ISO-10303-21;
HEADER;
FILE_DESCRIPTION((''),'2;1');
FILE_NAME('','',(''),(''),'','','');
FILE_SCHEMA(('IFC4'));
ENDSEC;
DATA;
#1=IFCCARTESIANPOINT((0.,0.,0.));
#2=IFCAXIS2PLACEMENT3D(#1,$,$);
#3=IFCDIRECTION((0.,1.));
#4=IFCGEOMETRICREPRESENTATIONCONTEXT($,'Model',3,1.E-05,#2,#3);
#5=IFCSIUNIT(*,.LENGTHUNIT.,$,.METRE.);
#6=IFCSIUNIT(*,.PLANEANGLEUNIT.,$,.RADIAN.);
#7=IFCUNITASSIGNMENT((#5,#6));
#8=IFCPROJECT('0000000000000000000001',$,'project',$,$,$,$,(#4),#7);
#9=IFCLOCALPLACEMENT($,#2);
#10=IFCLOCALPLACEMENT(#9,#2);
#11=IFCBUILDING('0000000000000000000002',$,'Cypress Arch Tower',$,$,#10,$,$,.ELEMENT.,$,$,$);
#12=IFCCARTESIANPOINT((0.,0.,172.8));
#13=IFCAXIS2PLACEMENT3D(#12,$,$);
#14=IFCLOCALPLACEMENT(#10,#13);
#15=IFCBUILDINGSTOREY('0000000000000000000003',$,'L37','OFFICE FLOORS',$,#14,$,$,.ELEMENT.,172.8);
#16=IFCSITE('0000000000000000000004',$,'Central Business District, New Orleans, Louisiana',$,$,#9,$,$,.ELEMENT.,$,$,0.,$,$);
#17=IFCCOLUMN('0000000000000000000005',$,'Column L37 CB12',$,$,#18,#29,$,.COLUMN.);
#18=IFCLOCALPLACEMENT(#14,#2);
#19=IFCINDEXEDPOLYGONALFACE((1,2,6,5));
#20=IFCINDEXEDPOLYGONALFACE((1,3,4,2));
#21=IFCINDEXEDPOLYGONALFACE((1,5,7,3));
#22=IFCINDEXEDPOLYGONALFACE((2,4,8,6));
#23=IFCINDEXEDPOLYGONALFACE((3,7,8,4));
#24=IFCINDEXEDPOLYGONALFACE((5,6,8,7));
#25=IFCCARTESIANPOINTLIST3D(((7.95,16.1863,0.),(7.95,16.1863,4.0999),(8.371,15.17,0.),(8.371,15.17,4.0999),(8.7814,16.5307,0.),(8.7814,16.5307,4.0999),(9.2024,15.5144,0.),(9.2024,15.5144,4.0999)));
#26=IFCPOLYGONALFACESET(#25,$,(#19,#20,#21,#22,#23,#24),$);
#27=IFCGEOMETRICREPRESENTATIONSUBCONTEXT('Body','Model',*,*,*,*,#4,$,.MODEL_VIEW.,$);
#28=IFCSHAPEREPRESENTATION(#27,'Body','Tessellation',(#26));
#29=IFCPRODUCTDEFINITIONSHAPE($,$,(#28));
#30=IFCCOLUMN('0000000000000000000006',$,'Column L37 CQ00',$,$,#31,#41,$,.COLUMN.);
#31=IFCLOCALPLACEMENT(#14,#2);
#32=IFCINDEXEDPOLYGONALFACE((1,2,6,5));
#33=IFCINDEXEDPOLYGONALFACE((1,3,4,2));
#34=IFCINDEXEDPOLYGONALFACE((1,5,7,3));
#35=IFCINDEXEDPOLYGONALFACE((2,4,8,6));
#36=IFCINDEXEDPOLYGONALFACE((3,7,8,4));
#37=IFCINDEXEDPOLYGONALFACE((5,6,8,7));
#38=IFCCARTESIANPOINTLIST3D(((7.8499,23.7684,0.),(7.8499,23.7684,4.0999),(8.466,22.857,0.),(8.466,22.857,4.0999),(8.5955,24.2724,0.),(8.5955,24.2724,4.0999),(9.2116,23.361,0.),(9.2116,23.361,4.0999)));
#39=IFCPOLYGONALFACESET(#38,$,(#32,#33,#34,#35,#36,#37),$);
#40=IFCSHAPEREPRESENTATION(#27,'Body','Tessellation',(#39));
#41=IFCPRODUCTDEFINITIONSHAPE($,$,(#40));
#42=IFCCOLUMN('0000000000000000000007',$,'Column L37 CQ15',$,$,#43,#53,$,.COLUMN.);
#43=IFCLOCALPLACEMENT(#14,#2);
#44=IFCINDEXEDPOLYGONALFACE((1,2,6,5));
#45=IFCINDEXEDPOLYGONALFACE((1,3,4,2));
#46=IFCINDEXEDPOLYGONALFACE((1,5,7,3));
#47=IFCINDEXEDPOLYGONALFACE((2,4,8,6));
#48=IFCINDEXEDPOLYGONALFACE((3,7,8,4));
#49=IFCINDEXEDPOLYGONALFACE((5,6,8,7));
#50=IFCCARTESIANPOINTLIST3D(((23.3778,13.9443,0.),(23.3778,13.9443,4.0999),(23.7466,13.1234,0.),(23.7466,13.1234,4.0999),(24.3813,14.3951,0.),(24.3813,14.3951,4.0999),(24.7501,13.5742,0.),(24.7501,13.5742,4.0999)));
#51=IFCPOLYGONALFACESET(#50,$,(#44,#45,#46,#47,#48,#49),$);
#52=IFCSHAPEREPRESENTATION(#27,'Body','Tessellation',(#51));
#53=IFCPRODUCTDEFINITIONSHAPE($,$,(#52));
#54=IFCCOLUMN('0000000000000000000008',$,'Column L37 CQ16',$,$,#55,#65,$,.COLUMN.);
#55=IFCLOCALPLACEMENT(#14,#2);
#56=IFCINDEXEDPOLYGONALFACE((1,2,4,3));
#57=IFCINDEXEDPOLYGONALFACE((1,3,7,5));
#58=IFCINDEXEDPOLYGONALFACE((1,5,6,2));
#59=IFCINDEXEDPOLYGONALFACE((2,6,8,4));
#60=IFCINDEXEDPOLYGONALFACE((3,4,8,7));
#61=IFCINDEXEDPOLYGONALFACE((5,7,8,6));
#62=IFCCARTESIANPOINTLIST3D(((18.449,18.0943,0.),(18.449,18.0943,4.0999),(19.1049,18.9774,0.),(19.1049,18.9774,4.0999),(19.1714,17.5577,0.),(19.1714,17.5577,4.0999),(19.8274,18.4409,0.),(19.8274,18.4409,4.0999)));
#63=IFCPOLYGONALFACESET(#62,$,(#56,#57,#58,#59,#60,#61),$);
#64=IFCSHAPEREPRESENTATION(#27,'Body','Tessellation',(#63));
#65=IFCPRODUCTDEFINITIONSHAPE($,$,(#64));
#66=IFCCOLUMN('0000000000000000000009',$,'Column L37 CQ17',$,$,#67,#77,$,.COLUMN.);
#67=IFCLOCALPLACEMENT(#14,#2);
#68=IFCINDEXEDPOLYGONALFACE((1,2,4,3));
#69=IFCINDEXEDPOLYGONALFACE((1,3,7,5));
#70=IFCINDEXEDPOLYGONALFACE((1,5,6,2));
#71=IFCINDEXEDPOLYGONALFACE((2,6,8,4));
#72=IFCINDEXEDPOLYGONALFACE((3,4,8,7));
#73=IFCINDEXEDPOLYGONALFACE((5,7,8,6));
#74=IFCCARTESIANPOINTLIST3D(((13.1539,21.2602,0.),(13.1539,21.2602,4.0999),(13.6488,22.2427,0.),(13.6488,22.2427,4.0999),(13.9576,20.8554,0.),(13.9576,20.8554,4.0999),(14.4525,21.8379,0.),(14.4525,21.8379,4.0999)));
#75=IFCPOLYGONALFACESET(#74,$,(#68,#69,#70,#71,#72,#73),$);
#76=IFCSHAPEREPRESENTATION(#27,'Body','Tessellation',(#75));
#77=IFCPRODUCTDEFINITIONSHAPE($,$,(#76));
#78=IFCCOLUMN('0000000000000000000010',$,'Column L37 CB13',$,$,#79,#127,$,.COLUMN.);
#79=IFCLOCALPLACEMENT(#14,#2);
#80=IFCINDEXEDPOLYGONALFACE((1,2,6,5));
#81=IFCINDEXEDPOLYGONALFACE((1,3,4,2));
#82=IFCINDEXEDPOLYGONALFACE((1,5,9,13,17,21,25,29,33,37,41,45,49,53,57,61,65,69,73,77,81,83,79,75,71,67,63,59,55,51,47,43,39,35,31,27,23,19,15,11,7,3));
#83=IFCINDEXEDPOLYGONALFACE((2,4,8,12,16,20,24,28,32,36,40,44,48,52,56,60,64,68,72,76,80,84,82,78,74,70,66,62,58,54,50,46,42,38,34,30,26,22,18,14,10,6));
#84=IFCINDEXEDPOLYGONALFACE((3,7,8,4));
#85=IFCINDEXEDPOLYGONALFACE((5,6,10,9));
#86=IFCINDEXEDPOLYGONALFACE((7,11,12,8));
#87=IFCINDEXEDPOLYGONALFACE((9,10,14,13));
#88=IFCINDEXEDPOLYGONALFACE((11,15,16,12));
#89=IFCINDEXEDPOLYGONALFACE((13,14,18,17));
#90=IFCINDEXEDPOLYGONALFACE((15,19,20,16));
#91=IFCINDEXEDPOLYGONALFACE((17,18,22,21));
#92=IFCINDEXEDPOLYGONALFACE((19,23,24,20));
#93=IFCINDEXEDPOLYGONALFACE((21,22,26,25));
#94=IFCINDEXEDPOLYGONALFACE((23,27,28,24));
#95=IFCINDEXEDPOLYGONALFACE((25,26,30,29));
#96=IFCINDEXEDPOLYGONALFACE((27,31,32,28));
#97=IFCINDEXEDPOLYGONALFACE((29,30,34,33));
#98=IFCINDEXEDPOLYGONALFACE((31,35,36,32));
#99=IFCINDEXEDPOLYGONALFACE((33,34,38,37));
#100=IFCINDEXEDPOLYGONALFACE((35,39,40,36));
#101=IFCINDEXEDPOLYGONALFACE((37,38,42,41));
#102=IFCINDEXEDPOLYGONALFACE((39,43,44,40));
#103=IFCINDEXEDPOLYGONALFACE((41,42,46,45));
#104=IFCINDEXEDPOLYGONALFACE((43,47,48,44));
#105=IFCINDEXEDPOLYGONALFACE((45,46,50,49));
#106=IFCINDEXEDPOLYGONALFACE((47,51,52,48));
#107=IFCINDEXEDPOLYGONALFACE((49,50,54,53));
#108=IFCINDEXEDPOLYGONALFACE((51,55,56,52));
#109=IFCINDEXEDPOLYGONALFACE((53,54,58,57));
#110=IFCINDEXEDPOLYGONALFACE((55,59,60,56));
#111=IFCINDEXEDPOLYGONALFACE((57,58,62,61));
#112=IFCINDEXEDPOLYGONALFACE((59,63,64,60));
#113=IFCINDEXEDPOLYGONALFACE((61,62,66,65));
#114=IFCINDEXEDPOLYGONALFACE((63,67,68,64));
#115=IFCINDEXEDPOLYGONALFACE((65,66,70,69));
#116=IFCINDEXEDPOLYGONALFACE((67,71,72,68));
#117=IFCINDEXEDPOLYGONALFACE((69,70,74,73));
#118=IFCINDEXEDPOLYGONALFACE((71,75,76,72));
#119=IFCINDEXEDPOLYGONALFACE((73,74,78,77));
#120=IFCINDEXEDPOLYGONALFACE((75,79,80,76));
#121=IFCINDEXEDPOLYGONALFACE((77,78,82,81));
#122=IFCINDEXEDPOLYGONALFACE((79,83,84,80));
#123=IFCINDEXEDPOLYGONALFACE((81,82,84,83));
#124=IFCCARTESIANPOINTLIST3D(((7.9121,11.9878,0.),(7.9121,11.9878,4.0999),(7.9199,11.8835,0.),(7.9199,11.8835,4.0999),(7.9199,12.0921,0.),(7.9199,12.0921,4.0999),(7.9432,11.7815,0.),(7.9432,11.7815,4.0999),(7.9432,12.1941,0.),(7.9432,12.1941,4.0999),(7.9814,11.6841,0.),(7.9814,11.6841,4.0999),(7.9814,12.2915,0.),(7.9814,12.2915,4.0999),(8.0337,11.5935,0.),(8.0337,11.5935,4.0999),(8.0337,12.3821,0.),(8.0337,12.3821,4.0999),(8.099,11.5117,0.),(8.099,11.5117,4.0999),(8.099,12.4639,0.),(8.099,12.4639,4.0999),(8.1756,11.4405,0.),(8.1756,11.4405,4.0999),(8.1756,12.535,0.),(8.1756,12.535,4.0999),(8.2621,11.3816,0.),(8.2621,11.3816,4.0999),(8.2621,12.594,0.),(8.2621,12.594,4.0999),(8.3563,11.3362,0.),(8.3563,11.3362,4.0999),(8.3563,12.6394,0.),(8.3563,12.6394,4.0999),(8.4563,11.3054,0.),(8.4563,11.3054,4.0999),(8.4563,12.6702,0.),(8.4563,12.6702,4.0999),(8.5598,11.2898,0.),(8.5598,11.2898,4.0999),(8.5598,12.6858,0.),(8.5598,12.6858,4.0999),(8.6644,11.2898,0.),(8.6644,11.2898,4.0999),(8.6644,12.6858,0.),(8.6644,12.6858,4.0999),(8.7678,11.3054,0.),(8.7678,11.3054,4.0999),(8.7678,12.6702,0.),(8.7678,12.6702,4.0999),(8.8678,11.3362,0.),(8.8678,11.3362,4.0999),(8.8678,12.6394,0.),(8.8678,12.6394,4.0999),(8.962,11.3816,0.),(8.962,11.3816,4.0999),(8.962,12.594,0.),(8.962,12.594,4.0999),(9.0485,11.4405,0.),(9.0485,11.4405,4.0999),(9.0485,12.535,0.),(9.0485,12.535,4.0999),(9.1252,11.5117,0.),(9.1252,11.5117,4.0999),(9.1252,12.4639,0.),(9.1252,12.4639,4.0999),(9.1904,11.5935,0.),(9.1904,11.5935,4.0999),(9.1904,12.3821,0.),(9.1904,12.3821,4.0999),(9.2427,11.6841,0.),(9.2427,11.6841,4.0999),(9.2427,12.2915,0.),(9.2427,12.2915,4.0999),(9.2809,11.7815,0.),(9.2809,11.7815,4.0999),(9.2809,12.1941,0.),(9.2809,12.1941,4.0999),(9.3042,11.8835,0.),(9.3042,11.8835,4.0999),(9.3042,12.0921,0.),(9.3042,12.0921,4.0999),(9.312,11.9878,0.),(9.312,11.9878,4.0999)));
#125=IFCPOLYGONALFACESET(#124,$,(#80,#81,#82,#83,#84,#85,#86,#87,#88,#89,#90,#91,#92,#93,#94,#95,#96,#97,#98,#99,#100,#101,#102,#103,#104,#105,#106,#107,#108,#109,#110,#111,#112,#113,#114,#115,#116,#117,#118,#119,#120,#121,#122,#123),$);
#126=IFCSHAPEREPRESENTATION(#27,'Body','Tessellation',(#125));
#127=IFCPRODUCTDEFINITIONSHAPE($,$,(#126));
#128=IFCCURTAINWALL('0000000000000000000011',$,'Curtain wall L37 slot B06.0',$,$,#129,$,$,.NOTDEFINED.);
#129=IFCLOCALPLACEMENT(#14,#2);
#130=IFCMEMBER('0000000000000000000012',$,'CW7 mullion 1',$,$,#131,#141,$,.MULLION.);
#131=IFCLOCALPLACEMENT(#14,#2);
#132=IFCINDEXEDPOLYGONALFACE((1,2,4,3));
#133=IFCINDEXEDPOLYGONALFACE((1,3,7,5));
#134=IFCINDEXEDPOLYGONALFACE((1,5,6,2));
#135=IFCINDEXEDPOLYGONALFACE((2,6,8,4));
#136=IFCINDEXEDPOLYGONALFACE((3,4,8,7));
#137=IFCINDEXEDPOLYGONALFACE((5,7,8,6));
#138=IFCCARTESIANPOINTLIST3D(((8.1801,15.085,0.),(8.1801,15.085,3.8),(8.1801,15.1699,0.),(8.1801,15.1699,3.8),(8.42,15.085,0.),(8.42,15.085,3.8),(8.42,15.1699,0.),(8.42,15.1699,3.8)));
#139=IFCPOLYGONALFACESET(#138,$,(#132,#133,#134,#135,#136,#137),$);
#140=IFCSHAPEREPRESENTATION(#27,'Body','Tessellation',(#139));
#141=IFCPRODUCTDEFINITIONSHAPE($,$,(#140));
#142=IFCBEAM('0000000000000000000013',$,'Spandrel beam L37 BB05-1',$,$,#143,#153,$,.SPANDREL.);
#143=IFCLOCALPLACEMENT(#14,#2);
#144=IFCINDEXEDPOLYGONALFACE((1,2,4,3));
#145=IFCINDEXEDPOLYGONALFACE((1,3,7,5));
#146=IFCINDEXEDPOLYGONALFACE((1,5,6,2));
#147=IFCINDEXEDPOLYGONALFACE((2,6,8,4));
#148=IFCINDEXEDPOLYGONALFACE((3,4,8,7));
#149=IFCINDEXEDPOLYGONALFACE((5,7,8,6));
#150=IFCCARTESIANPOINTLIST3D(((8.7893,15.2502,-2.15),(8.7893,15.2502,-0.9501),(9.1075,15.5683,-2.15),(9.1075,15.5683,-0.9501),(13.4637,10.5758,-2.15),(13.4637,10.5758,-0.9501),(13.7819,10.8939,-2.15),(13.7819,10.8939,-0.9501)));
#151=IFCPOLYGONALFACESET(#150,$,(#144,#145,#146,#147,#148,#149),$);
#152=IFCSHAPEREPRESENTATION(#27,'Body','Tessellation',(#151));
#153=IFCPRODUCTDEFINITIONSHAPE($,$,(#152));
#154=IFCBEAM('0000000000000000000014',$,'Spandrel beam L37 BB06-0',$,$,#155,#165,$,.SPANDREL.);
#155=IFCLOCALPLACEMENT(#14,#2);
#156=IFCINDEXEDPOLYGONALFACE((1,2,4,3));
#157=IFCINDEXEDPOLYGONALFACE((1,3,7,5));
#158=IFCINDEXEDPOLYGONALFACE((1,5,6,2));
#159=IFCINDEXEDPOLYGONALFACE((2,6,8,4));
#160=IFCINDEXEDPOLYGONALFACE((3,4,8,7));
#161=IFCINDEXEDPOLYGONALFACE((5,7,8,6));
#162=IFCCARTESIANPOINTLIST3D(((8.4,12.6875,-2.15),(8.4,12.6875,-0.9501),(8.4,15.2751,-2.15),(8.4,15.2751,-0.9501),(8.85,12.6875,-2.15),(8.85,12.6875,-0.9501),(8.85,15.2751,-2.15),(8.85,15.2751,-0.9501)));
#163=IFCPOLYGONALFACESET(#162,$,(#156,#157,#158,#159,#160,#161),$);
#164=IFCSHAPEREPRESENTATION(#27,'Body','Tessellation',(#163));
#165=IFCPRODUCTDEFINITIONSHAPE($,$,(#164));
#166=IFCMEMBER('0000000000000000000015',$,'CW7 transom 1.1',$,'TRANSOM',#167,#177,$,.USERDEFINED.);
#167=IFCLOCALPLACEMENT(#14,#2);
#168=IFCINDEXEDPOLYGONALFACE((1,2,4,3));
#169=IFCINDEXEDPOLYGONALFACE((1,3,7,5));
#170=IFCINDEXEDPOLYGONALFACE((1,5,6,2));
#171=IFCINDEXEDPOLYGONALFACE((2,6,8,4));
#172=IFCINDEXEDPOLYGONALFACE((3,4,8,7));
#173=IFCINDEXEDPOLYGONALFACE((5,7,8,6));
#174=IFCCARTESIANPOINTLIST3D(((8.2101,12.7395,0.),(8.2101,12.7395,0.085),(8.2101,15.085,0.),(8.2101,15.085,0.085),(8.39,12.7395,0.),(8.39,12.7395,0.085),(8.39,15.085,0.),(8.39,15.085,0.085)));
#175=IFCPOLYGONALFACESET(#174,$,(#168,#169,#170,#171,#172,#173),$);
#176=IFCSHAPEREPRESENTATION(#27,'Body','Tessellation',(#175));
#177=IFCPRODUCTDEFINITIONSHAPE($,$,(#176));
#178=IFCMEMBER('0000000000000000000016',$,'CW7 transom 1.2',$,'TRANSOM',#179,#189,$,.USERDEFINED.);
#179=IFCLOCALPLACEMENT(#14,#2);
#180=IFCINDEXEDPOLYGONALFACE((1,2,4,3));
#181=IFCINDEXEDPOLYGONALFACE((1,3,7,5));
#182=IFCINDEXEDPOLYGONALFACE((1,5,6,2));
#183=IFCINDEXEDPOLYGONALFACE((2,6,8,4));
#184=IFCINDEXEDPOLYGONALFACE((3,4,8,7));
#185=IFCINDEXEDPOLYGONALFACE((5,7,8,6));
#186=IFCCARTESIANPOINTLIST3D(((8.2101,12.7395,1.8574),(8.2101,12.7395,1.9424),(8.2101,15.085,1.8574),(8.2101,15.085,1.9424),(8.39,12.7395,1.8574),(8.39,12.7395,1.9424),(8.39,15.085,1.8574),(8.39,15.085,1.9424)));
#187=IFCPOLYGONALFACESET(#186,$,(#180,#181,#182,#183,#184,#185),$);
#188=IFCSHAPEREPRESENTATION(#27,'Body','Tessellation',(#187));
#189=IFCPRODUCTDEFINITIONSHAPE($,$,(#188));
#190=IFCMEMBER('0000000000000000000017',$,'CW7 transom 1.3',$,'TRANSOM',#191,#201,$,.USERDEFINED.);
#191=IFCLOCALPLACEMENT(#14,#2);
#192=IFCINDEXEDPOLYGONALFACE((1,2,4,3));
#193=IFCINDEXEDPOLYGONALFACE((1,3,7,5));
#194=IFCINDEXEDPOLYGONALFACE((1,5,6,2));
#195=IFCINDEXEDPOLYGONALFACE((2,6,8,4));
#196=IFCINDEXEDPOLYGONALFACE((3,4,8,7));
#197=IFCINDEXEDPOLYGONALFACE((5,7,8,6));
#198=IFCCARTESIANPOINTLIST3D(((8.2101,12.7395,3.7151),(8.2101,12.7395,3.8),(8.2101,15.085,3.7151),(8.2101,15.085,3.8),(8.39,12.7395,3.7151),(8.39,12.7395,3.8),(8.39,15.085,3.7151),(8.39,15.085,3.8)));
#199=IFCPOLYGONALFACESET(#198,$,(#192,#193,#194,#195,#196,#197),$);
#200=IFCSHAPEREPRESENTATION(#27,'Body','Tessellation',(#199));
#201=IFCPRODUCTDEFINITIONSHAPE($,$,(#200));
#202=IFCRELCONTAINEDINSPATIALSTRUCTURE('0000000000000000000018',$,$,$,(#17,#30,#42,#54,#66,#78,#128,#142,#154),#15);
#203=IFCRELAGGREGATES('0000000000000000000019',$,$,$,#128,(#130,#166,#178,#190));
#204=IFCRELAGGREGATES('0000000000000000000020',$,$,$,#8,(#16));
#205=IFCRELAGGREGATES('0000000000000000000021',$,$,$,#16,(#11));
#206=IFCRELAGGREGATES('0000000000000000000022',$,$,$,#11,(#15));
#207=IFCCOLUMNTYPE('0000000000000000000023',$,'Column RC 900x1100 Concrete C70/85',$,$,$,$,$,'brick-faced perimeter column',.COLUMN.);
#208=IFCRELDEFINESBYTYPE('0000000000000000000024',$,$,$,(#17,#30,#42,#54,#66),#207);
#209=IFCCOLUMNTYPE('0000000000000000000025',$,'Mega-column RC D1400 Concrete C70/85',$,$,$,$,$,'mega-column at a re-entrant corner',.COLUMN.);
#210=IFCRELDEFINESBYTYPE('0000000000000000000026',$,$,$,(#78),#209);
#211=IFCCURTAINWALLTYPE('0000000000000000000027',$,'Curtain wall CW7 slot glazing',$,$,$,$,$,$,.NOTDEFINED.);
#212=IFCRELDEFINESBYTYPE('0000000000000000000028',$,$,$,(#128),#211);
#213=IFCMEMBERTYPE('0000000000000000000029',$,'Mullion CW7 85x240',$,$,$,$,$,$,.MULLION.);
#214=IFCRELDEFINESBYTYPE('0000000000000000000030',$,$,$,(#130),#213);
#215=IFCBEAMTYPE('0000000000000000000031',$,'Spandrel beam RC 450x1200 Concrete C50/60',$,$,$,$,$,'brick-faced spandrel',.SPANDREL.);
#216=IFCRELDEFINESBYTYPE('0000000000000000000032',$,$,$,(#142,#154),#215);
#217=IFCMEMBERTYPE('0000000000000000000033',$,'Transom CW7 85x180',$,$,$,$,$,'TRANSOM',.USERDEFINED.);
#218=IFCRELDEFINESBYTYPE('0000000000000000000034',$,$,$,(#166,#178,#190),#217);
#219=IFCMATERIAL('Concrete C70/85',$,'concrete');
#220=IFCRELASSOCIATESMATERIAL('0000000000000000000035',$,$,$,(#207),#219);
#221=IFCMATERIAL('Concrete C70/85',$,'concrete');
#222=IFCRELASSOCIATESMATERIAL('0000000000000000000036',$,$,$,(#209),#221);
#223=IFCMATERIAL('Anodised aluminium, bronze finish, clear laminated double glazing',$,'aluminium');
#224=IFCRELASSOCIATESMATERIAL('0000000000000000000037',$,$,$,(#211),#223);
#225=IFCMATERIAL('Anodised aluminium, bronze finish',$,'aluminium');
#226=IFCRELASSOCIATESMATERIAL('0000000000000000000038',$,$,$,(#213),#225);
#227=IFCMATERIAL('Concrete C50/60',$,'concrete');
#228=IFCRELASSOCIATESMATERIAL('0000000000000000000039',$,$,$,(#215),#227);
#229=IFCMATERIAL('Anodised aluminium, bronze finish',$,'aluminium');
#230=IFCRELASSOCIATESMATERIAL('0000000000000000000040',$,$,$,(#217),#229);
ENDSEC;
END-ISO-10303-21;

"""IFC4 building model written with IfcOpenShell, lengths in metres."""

from ifc_helpers import new_model, si_unit, direction, frame, origin, origin_2d, place, context, subcontext, project, spatial, rectangle, circle, extrude, material, material_profile, profile_set, type_object, element, aggregate, save


model = new_model("IFC4")

# Units and contexts
model_context = context("Model", 3, precision=1e-05, world=origin(), true_north=direction((0.0, 1.0)))
body_context = subcontext(model_context, "Body", "Model", "MODEL_VIEW")
ifc_project = project(units=[si_unit("LENGTHUNIT", "METRE"), si_unit("PLANEANGLEUNIT", "RADIAN")], contexts=[model_context])

# Site, building, storey
site_placement = place(None, origin())
site = spatial("IfcSite", under=ifc_project, at=site_placement, Name="Central Business District, New Orleans, Louisiana", CompositionType="ELEMENT", RefElevation=0.0)
building_placement = place(site_placement, origin())
building = spatial("IfcBuilding", under=site, at=building_placement, Name="Cypress Arch Tower", CompositionType="ELEMENT")
storey_placement = place(building_placement, frame((0.0, 0.0, 172.8)))
storey = spatial("IfcBuildingStorey", under=building, at=storey_placement, Name="L37", Description="OFFICE FLOORS", CompositionType="ELEMENT", Elevation=172.8)

# Columns
ifc_material_1 = material(Name="Concrete C70/85", Category="concrete")
ifc_material_profile_1 = material_profile(ifc_material_1, rectangle(XDim=0.8999, YDim=1.1001, at=origin_2d()), Name="RC 900x1100")
ifc_profile_set_1 = profile_set([ifc_material_profile_1], Name="Concrete C70/85")
column_type_1 = type_object("IfcColumnType", Name="Column RC 900x1100 Concrete C70/85", ElementType="brick-faced perimeter column", PredefinedType="COLUMN", material=ifc_profile_set_1)
for number, where, z_axis, x_axis, name in (
    (1, (8.5762, 15.8503, 0.0), (0.0, 0.0, 1.0), (-0.92388, -0.382683, 0.0), "Column L37 CB12"),
    (2, (8.5308, 23.5647, 0.0), (0.0, 0.0, 1.0), (-0.82847, -0.560034, 0.0), "Column L37 CQ00"),
    (3, (24.064, 13.7593, 0.0), (0.0, 0.0, 1.0), (-0.409765, 0.912191, 0.0), "Column L37 CQ15"),
    (4, (19.1382, 18.2676, 0.0), (0.0, 0.0, 1.0), (-0.802799, 0.59625, 0.0), "Column L37 CQ16"),
    (5, (13.8032, 21.5491, 0.0), (0.0, 0.0, 1.0), (-0.893106, 0.449845, 0.0), "Column L37 CQ17"),
):
    element("IfcColumn", number, at=place(storey_placement, frame(where, z_axis=z_axis, x_axis=x_axis)), inside=storey, type_object=column_type_1, Name=name, PredefinedType="COLUMN", context=body_context, shape_type="SweptSolid", body=[
        extrude(rectangle(XDim=0.8999, YDim=1.1001, at=origin_2d()), origin(), (0.0, 0.0, 1.0), 4.0999),
    ])
ifc_material_2 = material(Name="Concrete C70/85", Category="concrete")
ifc_material_profile_2 = material_profile(ifc_material_2, circle(Radius=0.7, at=origin_2d()), Name="RC D1400")
ifc_profile_set_2 = profile_set([ifc_material_profile_2], Name="Concrete C70/85")
column_type_2 = type_object("IfcColumnType", Name="Mega-column RC D1400 Concrete C70/85", ElementType="mega-column at a re-entrant corner", PredefinedType="COLUMN", material=ifc_profile_set_2)
column_placement = place(storey_placement, frame((8.6121, 11.9878, 0.0), z_axis=(0.0, 0.0, 1.0), x_axis=(1.0, 0.0, 0.0)))
element("IfcColumn", 6, at=column_placement, inside=storey, type_object=column_type_2, Name="Column L37 CB13", PredefinedType="COLUMN", context=body_context, shape_type="SweptSolid", body=[
    extrude(circle(Radius=0.7, at=origin_2d()), origin(), (0.0, 0.0, 1.0), 4.0999),
])

# Curtain wall, member
ifc_material_3 = material(Name="Anodised aluminium, bronze finish, clear laminated double glazing", Category="aluminium")
curtain_wall_type = type_object("IfcCurtainWallType", Name="Curtain wall CW7 slot glazing", PredefinedType="NOTDEFINED", material=ifc_material_3)
curtain_wall_placement = place(storey_placement, origin())
curtain_wall = element("IfcCurtainWall", 7, at=curtain_wall_placement, inside=storey, type_object=curtain_wall_type, Name="Curtain wall L37 slot B06.0", PredefinedType="NOTDEFINED")
ifc_material_4 = material(Name="Anodised aluminium, bronze finish", Category="aluminium")
ifc_material_profile_3 = material_profile(ifc_material_4, rectangle(XDim=0.24, YDim=0.085, at=origin_2d()), Name="Mullion 85x240")
ifc_profile_set_3 = profile_set([ifc_material_profile_3], Name="Anodised aluminium, bronze finish")
member_type_1 = type_object("IfcMemberType", Name="Mullion CW7 85x240", PredefinedType="MULLION", material=ifc_profile_set_3)
member_1_placement = place(storey_placement, frame((8.3, 15.1274, 0.0), z_axis=(0.0, 0.0, 1.0), x_axis=(1.0, 0.0, 0.0)))
member_1 = element("IfcMember", 8, at=member_1_placement, type_object=member_type_1, Name="CW7 mullion 1", PredefinedType="MULLION", context=body_context, shape_type="SweptSolid", body=[
    extrude(rectangle(XDim=0.24, YDim=0.085, at=origin_2d()), origin(), (0.0, 0.0, 1.0), 3.8),
])

# Beams
ifc_material_5 = material(Name="Concrete C50/60", Category="concrete")
ifc_material_profile_4 = material_profile(ifc_material_5, rectangle(XDim=0.45, YDim=1.2, at=origin_2d()), Name="RC 450x1200")
ifc_profile_set_4 = profile_set([ifc_material_profile_4], Name="Concrete C50/60")
beam_type = type_object("IfcBeamType", Name="Spandrel beam RC 450x1200 Concrete C50/60", ElementType="brick-faced spandrel", PredefinedType="SPANDREL", material=ifc_profile_set_4)
beam_1_placement = place(storey_placement, frame((13.6228, 10.7349, -1.55), z_axis=(-0.707107, 0.707107, 0.0), x_axis=(-0.707107, -0.707107, 0.0)))
element("IfcBeam", 9, at=beam_1_placement, inside=storey, type_object=beam_type, Name="Spandrel beam L37 BB05-1", PredefinedType="SPANDREL", context=body_context, shape_type="SweptSolid", body=[
    extrude(rectangle(XDim=0.45, YDim=1.2, at=origin_2d()), origin(), (0.0, 0.0, 1.0), 6.6106),
])
beam_2_placement = place(storey_placement, frame((8.625, 15.2751, -1.55), z_axis=(0.0, -1.0, 0.0), x_axis=(1.0, 0.0, 0.0)))
element("IfcBeam", 10, at=beam_2_placement, inside=storey, type_object=beam_type, Name="Spandrel beam L37 BB06-0", PredefinedType="SPANDREL", context=body_context, shape_type="SweptSolid", body=[
    extrude(rectangle(XDim=0.45, YDim=1.2, at=origin_2d()), origin(), (0.0, 0.0, 1.0), 2.5876),
])

# Members
ifc_material_6 = material(Name="Anodised aluminium, bronze finish", Category="aluminium")
ifc_material_profile_5 = material_profile(ifc_material_6, rectangle(XDim=0.1799, YDim=0.085, at=origin_2d()), Name="Transom 85x180")
ifc_profile_set_5 = profile_set([ifc_material_profile_5], Name="Anodised aluminium, bronze finish")
member_type_2 = type_object("IfcMemberType", Name="Transom CW7 85x180", ElementType="TRANSOM", PredefinedType="USERDEFINED", material=ifc_profile_set_5)
member_2_placement = place(storey_placement, frame((8.3, 15.085, 0.0425), z_axis=(0.0, -1.0, 0.0), x_axis=(1.0, 0.0, 0.0)))
member_2 = element("IfcMember", 11, at=member_2_placement, type_object=member_type_2, Name="CW7 transom 1.1", ObjectType="TRANSOM", PredefinedType="USERDEFINED", context=body_context, shape_type="SweptSolid", body=[
    extrude(rectangle(XDim=0.1799, YDim=0.085, at=origin_2d()), origin(), (0.0, 0.0, 1.0), 2.3455),
])
member_3_placement = place(storey_placement, frame((8.3, 15.085, 1.8999), z_axis=(0.0, -1.0, 0.0), x_axis=(1.0, 0.0, 0.0)))
member_3 = element("IfcMember", 12, at=member_3_placement, type_object=member_type_2, Name="CW7 transom 1.2", ObjectType="TRANSOM", PredefinedType="USERDEFINED", context=body_context, shape_type="SweptSolid", body=[
    extrude(rectangle(XDim=0.1799, YDim=0.085, at=origin_2d()), origin(), (0.0, 0.0, 1.0), 2.3455),
])
member_4_placement = place(storey_placement, frame((8.3, 15.085, 3.7576), z_axis=(0.0, -1.0, 0.0), x_axis=(1.0, 0.0, 0.0)))
member_4 = element("IfcMember", 13, at=member_4_placement, type_object=member_type_2, Name="CW7 transom 1.3", ObjectType="TRANSOM", PredefinedType="USERDEFINED", context=body_context, shape_type="SweptSolid", body=[
    extrude(rectangle(XDim=0.1799, YDim=0.085, at=origin_2d()), origin(), (0.0, 0.0, 1.0), 2.3455),
])
aggregate(curtain_wall, [member_1, member_2, member_3, member_4])

save(model, "model.ifc")
